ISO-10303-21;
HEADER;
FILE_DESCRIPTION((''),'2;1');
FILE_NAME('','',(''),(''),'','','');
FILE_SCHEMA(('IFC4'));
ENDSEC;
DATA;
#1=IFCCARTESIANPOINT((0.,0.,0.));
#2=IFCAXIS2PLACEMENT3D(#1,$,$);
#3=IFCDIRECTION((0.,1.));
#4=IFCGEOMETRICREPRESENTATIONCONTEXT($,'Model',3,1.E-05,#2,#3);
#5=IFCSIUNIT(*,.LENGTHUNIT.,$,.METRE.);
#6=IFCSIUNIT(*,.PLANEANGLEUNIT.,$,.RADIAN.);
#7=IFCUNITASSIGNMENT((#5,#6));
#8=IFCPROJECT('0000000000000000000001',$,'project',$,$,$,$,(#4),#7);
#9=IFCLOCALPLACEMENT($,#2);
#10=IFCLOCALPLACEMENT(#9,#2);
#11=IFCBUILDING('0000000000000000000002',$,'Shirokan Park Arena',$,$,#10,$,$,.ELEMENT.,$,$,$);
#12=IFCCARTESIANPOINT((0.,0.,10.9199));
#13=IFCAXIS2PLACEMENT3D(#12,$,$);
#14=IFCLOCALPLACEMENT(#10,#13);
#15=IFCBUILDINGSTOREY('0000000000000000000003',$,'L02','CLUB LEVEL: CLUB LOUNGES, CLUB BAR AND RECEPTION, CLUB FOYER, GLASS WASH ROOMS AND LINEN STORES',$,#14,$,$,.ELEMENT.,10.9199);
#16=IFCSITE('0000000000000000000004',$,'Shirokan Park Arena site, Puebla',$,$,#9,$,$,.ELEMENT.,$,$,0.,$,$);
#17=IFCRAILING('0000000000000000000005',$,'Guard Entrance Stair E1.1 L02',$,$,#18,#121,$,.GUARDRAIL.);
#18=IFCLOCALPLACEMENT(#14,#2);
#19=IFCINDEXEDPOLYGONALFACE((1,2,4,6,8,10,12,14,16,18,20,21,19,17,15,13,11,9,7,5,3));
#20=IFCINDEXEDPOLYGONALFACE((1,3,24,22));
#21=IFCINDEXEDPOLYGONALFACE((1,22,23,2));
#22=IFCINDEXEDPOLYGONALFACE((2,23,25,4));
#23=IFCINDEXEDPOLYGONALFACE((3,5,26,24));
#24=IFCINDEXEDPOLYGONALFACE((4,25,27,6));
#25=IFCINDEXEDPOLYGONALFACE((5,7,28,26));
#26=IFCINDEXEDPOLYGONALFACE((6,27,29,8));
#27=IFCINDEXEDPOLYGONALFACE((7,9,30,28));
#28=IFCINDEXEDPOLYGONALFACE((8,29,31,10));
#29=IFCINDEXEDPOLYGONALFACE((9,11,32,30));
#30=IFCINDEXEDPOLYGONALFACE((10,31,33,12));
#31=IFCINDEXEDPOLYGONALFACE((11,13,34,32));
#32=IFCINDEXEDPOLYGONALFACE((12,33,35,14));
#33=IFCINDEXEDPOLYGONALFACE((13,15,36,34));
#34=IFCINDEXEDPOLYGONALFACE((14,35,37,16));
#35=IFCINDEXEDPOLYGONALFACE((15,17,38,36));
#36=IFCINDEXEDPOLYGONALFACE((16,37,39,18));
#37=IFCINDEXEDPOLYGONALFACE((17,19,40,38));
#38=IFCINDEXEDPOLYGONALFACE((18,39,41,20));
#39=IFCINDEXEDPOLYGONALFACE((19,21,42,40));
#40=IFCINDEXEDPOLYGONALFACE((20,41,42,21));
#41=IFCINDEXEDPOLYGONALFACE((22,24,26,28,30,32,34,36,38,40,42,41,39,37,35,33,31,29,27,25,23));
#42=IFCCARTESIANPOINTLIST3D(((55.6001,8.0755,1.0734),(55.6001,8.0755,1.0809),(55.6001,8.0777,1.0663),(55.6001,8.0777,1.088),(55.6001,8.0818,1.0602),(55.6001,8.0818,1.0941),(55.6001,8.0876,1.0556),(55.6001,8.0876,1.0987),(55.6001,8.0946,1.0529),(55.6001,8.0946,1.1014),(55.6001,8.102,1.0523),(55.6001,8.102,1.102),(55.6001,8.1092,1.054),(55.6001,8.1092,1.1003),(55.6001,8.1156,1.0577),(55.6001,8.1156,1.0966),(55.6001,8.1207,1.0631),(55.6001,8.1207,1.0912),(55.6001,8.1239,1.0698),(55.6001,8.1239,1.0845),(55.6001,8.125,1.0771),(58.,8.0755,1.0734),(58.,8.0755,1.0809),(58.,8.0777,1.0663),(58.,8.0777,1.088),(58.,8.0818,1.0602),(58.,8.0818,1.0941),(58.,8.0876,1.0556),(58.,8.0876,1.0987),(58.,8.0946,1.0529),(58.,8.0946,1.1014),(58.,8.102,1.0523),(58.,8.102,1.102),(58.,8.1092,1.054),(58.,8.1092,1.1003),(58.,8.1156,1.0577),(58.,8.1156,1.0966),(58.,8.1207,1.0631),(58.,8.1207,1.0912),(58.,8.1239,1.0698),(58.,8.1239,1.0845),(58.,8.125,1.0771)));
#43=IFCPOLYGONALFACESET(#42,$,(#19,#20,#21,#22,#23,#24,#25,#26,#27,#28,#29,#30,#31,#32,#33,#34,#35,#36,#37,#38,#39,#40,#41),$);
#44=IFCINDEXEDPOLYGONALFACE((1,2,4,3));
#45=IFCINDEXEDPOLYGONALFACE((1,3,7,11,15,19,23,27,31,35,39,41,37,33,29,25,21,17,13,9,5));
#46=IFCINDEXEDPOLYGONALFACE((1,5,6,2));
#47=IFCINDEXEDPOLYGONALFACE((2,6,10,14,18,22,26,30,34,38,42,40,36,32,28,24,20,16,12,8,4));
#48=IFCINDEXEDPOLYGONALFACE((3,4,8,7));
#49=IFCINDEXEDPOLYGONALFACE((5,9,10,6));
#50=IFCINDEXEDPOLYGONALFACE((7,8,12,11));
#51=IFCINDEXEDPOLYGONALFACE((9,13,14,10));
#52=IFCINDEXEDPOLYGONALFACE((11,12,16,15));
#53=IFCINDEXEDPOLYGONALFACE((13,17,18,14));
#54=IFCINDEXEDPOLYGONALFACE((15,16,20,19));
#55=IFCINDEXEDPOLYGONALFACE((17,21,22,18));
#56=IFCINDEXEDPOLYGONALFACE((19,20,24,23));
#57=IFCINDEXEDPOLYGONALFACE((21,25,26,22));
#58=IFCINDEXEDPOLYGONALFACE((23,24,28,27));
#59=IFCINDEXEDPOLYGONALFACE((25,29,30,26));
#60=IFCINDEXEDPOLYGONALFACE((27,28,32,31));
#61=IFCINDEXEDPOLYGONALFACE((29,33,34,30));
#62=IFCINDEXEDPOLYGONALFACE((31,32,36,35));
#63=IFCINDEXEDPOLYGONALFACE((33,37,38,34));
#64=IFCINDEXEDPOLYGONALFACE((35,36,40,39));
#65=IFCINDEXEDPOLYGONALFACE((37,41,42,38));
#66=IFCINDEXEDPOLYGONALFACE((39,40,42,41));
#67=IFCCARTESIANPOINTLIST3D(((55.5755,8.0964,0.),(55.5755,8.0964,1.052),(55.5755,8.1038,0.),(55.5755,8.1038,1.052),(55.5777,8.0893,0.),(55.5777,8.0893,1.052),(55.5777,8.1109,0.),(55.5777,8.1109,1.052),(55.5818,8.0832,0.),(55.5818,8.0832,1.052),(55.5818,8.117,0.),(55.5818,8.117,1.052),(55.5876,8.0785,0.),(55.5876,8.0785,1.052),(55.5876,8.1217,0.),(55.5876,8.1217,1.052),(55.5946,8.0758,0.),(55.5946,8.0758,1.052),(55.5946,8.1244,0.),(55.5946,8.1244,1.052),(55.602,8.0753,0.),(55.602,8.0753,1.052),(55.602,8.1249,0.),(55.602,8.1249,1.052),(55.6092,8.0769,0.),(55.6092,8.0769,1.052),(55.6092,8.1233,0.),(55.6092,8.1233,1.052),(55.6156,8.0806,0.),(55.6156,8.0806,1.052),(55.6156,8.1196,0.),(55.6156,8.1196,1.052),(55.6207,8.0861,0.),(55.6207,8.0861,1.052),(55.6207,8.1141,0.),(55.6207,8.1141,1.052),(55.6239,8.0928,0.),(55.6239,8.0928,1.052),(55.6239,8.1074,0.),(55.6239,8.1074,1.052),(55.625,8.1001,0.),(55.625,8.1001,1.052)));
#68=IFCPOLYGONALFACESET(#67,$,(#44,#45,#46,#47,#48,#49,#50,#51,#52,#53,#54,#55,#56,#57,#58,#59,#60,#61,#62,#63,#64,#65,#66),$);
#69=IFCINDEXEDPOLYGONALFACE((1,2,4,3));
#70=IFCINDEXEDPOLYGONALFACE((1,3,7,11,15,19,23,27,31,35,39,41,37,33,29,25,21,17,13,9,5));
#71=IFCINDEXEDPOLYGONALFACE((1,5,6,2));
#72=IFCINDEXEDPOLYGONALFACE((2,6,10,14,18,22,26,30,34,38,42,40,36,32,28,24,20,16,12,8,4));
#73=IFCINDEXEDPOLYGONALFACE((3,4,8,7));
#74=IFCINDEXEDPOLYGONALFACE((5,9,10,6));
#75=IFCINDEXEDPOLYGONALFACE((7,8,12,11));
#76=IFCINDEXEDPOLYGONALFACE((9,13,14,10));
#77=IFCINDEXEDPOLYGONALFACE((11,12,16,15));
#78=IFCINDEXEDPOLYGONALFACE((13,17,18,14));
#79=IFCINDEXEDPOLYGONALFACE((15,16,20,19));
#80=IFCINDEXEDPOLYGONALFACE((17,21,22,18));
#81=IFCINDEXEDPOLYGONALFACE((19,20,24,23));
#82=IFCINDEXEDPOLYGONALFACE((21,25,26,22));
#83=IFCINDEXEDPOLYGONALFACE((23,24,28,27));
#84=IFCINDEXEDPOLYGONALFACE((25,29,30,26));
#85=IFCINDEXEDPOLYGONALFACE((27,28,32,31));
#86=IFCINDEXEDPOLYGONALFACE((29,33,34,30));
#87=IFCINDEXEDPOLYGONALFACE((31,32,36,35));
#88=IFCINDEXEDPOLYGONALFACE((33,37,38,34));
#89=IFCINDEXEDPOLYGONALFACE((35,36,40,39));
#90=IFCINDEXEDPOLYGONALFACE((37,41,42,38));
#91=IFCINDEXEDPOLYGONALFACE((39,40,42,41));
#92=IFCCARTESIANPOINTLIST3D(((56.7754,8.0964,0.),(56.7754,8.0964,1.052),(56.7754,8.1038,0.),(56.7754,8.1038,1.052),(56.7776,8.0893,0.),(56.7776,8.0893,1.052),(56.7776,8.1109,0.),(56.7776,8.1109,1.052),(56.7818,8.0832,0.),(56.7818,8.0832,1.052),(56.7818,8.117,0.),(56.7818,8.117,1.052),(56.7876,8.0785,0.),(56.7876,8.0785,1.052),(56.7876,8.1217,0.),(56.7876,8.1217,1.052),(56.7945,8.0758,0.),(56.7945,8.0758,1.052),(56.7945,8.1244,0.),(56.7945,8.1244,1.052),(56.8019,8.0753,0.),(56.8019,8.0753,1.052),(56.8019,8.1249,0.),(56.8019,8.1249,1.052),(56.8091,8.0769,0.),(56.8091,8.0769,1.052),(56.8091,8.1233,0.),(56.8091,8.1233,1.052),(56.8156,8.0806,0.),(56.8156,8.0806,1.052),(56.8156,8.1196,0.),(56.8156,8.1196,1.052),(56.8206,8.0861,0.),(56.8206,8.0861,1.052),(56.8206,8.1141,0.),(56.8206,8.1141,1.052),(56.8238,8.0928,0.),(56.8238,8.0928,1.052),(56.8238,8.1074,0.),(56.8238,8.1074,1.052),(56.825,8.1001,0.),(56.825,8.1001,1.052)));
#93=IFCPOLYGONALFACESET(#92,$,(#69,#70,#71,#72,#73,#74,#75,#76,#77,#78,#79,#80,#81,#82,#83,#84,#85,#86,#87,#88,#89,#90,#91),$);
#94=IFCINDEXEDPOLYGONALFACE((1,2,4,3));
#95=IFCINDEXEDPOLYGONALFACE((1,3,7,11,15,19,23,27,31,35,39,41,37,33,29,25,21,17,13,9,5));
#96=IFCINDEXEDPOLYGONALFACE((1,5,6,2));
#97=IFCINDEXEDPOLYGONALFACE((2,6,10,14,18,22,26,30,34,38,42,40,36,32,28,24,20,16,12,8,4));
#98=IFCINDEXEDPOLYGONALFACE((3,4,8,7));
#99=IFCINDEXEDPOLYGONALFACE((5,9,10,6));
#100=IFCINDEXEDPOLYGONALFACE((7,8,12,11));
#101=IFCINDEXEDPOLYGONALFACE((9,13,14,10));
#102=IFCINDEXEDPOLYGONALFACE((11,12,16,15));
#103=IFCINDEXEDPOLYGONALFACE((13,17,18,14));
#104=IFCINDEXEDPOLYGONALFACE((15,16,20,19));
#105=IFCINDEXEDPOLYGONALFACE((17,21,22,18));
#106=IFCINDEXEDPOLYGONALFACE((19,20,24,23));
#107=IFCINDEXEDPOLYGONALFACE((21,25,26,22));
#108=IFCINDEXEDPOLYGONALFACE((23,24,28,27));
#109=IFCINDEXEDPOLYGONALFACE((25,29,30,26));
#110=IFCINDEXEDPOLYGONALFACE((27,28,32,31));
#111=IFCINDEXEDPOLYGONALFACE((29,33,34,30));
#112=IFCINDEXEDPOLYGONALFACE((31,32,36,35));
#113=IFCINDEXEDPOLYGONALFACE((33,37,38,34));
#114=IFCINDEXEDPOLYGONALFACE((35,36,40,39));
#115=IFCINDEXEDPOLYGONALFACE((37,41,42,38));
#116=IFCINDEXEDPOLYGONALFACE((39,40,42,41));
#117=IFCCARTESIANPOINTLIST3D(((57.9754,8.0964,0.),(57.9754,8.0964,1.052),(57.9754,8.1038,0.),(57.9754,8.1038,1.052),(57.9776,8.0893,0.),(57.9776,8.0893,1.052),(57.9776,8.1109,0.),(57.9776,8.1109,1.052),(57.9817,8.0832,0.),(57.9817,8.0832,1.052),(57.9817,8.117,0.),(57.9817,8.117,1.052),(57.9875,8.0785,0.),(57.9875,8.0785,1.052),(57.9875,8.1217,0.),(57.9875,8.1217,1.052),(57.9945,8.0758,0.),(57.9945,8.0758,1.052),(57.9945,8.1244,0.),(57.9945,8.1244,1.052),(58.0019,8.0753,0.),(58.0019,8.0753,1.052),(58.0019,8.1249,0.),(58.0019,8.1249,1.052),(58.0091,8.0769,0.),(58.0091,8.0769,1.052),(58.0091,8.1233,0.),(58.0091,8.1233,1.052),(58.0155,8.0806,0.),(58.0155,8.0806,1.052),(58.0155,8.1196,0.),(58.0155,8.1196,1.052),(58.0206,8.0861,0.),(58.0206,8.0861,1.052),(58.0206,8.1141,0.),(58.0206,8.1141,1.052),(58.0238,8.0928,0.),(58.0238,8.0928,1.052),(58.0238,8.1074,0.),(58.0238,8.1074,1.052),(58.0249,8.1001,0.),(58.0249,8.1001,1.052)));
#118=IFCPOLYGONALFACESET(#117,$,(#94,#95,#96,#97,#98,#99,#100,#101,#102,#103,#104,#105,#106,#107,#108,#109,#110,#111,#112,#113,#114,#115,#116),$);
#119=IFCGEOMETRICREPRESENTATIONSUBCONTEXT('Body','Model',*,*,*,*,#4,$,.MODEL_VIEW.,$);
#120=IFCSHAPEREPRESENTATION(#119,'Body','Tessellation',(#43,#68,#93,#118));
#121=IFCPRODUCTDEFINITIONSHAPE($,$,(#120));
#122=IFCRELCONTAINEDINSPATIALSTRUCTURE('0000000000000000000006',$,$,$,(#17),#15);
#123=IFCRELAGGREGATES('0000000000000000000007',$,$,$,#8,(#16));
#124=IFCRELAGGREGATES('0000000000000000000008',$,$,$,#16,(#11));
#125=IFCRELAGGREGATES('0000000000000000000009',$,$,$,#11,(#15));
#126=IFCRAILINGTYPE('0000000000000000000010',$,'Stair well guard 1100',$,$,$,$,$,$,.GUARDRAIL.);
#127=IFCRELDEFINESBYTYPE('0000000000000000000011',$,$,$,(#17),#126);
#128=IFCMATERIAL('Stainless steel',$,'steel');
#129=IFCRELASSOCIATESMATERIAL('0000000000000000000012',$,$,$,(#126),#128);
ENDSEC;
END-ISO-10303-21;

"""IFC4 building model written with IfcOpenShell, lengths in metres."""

from ifc_helpers import new_model, si_unit, direction, frame, origin, origin_2d, place, context, subcontext, project, spatial, circle, extrude, material, type_object, element, save


model = new_model("IFC4")

# Units and contexts
model_context = context("Model", 3, precision=1e-05, world=origin(), true_north=direction((0.0, 1.0)))
body_context = subcontext(model_context, "Body", "Model", "MODEL_VIEW")
ifc_project = project(units=[si_unit("LENGTHUNIT", "METRE"), si_unit("PLANEANGLEUNIT", "RADIAN")], contexts=[model_context])

# Site, building, storey
site_placement = place(None, origin())
site = spatial("IfcSite", under=ifc_project, at=site_placement, Name="Shirokan Park Arena site, Puebla", CompositionType="ELEMENT", RefElevation=0.0)
building_placement = place(site_placement, origin())
building = spatial("IfcBuilding", under=site, at=building_placement, Name="Shirokan Park Arena", CompositionType="ELEMENT")
storey_placement = place(building_placement, frame((0.0, 0.0, 10.9199)))
storey = spatial("IfcBuildingStorey", under=building, at=storey_placement, Name="L02", Description="CLUB LEVEL: CLUB LOUNGES, CLUB BAR AND RECEPTION, CLUB FOYER, GLASS WASH ROOMS AND LINEN STORES", CompositionType="ELEMENT", Elevation=10.9199)

# Railing
ifc_material_1 = material(Name="Stainless steel", Category="steel")
railing_type = type_object("IfcRailingType", Name="Stair well guard 1100", PredefinedType="GUARDRAIL", material=ifc_material_1)
railing_placement = place(storey_placement, frame((55.6001, 8.1001, 0.0)))
element("IfcRailing", 1, at=railing_placement, inside=storey, type_object=railing_type, Name="Guard Entrance Stair E1.1 L02", PredefinedType="GUARDRAIL", context=body_context, shape_type="SweptSolid", body=[
    extrude(circle(Radius=0.0249, at=origin_2d()), frame((0.0, 0.0, 1.0771), z_axis=(1.0, 0.0, 0.0), x_axis=(0.0, 1.0, 0.0)), (0.0, 0.0, 1.0), 2.3999),
    extrude(circle(Radius=0.0249, at=origin_2d()), origin(), (0.0, 0.0, 1.0), 1.052),
    extrude(circle(Radius=0.0249, at=origin_2d()), frame((1.2, 0.0, 0.0)), (0.0, 0.0, 1.0), 1.052),
    extrude(circle(Radius=0.0249, at=origin_2d()), frame((2.3999, 0.0, 0.0)), (0.0, 0.0, 1.0), 1.052),
])

save(model, "model.ifc")
